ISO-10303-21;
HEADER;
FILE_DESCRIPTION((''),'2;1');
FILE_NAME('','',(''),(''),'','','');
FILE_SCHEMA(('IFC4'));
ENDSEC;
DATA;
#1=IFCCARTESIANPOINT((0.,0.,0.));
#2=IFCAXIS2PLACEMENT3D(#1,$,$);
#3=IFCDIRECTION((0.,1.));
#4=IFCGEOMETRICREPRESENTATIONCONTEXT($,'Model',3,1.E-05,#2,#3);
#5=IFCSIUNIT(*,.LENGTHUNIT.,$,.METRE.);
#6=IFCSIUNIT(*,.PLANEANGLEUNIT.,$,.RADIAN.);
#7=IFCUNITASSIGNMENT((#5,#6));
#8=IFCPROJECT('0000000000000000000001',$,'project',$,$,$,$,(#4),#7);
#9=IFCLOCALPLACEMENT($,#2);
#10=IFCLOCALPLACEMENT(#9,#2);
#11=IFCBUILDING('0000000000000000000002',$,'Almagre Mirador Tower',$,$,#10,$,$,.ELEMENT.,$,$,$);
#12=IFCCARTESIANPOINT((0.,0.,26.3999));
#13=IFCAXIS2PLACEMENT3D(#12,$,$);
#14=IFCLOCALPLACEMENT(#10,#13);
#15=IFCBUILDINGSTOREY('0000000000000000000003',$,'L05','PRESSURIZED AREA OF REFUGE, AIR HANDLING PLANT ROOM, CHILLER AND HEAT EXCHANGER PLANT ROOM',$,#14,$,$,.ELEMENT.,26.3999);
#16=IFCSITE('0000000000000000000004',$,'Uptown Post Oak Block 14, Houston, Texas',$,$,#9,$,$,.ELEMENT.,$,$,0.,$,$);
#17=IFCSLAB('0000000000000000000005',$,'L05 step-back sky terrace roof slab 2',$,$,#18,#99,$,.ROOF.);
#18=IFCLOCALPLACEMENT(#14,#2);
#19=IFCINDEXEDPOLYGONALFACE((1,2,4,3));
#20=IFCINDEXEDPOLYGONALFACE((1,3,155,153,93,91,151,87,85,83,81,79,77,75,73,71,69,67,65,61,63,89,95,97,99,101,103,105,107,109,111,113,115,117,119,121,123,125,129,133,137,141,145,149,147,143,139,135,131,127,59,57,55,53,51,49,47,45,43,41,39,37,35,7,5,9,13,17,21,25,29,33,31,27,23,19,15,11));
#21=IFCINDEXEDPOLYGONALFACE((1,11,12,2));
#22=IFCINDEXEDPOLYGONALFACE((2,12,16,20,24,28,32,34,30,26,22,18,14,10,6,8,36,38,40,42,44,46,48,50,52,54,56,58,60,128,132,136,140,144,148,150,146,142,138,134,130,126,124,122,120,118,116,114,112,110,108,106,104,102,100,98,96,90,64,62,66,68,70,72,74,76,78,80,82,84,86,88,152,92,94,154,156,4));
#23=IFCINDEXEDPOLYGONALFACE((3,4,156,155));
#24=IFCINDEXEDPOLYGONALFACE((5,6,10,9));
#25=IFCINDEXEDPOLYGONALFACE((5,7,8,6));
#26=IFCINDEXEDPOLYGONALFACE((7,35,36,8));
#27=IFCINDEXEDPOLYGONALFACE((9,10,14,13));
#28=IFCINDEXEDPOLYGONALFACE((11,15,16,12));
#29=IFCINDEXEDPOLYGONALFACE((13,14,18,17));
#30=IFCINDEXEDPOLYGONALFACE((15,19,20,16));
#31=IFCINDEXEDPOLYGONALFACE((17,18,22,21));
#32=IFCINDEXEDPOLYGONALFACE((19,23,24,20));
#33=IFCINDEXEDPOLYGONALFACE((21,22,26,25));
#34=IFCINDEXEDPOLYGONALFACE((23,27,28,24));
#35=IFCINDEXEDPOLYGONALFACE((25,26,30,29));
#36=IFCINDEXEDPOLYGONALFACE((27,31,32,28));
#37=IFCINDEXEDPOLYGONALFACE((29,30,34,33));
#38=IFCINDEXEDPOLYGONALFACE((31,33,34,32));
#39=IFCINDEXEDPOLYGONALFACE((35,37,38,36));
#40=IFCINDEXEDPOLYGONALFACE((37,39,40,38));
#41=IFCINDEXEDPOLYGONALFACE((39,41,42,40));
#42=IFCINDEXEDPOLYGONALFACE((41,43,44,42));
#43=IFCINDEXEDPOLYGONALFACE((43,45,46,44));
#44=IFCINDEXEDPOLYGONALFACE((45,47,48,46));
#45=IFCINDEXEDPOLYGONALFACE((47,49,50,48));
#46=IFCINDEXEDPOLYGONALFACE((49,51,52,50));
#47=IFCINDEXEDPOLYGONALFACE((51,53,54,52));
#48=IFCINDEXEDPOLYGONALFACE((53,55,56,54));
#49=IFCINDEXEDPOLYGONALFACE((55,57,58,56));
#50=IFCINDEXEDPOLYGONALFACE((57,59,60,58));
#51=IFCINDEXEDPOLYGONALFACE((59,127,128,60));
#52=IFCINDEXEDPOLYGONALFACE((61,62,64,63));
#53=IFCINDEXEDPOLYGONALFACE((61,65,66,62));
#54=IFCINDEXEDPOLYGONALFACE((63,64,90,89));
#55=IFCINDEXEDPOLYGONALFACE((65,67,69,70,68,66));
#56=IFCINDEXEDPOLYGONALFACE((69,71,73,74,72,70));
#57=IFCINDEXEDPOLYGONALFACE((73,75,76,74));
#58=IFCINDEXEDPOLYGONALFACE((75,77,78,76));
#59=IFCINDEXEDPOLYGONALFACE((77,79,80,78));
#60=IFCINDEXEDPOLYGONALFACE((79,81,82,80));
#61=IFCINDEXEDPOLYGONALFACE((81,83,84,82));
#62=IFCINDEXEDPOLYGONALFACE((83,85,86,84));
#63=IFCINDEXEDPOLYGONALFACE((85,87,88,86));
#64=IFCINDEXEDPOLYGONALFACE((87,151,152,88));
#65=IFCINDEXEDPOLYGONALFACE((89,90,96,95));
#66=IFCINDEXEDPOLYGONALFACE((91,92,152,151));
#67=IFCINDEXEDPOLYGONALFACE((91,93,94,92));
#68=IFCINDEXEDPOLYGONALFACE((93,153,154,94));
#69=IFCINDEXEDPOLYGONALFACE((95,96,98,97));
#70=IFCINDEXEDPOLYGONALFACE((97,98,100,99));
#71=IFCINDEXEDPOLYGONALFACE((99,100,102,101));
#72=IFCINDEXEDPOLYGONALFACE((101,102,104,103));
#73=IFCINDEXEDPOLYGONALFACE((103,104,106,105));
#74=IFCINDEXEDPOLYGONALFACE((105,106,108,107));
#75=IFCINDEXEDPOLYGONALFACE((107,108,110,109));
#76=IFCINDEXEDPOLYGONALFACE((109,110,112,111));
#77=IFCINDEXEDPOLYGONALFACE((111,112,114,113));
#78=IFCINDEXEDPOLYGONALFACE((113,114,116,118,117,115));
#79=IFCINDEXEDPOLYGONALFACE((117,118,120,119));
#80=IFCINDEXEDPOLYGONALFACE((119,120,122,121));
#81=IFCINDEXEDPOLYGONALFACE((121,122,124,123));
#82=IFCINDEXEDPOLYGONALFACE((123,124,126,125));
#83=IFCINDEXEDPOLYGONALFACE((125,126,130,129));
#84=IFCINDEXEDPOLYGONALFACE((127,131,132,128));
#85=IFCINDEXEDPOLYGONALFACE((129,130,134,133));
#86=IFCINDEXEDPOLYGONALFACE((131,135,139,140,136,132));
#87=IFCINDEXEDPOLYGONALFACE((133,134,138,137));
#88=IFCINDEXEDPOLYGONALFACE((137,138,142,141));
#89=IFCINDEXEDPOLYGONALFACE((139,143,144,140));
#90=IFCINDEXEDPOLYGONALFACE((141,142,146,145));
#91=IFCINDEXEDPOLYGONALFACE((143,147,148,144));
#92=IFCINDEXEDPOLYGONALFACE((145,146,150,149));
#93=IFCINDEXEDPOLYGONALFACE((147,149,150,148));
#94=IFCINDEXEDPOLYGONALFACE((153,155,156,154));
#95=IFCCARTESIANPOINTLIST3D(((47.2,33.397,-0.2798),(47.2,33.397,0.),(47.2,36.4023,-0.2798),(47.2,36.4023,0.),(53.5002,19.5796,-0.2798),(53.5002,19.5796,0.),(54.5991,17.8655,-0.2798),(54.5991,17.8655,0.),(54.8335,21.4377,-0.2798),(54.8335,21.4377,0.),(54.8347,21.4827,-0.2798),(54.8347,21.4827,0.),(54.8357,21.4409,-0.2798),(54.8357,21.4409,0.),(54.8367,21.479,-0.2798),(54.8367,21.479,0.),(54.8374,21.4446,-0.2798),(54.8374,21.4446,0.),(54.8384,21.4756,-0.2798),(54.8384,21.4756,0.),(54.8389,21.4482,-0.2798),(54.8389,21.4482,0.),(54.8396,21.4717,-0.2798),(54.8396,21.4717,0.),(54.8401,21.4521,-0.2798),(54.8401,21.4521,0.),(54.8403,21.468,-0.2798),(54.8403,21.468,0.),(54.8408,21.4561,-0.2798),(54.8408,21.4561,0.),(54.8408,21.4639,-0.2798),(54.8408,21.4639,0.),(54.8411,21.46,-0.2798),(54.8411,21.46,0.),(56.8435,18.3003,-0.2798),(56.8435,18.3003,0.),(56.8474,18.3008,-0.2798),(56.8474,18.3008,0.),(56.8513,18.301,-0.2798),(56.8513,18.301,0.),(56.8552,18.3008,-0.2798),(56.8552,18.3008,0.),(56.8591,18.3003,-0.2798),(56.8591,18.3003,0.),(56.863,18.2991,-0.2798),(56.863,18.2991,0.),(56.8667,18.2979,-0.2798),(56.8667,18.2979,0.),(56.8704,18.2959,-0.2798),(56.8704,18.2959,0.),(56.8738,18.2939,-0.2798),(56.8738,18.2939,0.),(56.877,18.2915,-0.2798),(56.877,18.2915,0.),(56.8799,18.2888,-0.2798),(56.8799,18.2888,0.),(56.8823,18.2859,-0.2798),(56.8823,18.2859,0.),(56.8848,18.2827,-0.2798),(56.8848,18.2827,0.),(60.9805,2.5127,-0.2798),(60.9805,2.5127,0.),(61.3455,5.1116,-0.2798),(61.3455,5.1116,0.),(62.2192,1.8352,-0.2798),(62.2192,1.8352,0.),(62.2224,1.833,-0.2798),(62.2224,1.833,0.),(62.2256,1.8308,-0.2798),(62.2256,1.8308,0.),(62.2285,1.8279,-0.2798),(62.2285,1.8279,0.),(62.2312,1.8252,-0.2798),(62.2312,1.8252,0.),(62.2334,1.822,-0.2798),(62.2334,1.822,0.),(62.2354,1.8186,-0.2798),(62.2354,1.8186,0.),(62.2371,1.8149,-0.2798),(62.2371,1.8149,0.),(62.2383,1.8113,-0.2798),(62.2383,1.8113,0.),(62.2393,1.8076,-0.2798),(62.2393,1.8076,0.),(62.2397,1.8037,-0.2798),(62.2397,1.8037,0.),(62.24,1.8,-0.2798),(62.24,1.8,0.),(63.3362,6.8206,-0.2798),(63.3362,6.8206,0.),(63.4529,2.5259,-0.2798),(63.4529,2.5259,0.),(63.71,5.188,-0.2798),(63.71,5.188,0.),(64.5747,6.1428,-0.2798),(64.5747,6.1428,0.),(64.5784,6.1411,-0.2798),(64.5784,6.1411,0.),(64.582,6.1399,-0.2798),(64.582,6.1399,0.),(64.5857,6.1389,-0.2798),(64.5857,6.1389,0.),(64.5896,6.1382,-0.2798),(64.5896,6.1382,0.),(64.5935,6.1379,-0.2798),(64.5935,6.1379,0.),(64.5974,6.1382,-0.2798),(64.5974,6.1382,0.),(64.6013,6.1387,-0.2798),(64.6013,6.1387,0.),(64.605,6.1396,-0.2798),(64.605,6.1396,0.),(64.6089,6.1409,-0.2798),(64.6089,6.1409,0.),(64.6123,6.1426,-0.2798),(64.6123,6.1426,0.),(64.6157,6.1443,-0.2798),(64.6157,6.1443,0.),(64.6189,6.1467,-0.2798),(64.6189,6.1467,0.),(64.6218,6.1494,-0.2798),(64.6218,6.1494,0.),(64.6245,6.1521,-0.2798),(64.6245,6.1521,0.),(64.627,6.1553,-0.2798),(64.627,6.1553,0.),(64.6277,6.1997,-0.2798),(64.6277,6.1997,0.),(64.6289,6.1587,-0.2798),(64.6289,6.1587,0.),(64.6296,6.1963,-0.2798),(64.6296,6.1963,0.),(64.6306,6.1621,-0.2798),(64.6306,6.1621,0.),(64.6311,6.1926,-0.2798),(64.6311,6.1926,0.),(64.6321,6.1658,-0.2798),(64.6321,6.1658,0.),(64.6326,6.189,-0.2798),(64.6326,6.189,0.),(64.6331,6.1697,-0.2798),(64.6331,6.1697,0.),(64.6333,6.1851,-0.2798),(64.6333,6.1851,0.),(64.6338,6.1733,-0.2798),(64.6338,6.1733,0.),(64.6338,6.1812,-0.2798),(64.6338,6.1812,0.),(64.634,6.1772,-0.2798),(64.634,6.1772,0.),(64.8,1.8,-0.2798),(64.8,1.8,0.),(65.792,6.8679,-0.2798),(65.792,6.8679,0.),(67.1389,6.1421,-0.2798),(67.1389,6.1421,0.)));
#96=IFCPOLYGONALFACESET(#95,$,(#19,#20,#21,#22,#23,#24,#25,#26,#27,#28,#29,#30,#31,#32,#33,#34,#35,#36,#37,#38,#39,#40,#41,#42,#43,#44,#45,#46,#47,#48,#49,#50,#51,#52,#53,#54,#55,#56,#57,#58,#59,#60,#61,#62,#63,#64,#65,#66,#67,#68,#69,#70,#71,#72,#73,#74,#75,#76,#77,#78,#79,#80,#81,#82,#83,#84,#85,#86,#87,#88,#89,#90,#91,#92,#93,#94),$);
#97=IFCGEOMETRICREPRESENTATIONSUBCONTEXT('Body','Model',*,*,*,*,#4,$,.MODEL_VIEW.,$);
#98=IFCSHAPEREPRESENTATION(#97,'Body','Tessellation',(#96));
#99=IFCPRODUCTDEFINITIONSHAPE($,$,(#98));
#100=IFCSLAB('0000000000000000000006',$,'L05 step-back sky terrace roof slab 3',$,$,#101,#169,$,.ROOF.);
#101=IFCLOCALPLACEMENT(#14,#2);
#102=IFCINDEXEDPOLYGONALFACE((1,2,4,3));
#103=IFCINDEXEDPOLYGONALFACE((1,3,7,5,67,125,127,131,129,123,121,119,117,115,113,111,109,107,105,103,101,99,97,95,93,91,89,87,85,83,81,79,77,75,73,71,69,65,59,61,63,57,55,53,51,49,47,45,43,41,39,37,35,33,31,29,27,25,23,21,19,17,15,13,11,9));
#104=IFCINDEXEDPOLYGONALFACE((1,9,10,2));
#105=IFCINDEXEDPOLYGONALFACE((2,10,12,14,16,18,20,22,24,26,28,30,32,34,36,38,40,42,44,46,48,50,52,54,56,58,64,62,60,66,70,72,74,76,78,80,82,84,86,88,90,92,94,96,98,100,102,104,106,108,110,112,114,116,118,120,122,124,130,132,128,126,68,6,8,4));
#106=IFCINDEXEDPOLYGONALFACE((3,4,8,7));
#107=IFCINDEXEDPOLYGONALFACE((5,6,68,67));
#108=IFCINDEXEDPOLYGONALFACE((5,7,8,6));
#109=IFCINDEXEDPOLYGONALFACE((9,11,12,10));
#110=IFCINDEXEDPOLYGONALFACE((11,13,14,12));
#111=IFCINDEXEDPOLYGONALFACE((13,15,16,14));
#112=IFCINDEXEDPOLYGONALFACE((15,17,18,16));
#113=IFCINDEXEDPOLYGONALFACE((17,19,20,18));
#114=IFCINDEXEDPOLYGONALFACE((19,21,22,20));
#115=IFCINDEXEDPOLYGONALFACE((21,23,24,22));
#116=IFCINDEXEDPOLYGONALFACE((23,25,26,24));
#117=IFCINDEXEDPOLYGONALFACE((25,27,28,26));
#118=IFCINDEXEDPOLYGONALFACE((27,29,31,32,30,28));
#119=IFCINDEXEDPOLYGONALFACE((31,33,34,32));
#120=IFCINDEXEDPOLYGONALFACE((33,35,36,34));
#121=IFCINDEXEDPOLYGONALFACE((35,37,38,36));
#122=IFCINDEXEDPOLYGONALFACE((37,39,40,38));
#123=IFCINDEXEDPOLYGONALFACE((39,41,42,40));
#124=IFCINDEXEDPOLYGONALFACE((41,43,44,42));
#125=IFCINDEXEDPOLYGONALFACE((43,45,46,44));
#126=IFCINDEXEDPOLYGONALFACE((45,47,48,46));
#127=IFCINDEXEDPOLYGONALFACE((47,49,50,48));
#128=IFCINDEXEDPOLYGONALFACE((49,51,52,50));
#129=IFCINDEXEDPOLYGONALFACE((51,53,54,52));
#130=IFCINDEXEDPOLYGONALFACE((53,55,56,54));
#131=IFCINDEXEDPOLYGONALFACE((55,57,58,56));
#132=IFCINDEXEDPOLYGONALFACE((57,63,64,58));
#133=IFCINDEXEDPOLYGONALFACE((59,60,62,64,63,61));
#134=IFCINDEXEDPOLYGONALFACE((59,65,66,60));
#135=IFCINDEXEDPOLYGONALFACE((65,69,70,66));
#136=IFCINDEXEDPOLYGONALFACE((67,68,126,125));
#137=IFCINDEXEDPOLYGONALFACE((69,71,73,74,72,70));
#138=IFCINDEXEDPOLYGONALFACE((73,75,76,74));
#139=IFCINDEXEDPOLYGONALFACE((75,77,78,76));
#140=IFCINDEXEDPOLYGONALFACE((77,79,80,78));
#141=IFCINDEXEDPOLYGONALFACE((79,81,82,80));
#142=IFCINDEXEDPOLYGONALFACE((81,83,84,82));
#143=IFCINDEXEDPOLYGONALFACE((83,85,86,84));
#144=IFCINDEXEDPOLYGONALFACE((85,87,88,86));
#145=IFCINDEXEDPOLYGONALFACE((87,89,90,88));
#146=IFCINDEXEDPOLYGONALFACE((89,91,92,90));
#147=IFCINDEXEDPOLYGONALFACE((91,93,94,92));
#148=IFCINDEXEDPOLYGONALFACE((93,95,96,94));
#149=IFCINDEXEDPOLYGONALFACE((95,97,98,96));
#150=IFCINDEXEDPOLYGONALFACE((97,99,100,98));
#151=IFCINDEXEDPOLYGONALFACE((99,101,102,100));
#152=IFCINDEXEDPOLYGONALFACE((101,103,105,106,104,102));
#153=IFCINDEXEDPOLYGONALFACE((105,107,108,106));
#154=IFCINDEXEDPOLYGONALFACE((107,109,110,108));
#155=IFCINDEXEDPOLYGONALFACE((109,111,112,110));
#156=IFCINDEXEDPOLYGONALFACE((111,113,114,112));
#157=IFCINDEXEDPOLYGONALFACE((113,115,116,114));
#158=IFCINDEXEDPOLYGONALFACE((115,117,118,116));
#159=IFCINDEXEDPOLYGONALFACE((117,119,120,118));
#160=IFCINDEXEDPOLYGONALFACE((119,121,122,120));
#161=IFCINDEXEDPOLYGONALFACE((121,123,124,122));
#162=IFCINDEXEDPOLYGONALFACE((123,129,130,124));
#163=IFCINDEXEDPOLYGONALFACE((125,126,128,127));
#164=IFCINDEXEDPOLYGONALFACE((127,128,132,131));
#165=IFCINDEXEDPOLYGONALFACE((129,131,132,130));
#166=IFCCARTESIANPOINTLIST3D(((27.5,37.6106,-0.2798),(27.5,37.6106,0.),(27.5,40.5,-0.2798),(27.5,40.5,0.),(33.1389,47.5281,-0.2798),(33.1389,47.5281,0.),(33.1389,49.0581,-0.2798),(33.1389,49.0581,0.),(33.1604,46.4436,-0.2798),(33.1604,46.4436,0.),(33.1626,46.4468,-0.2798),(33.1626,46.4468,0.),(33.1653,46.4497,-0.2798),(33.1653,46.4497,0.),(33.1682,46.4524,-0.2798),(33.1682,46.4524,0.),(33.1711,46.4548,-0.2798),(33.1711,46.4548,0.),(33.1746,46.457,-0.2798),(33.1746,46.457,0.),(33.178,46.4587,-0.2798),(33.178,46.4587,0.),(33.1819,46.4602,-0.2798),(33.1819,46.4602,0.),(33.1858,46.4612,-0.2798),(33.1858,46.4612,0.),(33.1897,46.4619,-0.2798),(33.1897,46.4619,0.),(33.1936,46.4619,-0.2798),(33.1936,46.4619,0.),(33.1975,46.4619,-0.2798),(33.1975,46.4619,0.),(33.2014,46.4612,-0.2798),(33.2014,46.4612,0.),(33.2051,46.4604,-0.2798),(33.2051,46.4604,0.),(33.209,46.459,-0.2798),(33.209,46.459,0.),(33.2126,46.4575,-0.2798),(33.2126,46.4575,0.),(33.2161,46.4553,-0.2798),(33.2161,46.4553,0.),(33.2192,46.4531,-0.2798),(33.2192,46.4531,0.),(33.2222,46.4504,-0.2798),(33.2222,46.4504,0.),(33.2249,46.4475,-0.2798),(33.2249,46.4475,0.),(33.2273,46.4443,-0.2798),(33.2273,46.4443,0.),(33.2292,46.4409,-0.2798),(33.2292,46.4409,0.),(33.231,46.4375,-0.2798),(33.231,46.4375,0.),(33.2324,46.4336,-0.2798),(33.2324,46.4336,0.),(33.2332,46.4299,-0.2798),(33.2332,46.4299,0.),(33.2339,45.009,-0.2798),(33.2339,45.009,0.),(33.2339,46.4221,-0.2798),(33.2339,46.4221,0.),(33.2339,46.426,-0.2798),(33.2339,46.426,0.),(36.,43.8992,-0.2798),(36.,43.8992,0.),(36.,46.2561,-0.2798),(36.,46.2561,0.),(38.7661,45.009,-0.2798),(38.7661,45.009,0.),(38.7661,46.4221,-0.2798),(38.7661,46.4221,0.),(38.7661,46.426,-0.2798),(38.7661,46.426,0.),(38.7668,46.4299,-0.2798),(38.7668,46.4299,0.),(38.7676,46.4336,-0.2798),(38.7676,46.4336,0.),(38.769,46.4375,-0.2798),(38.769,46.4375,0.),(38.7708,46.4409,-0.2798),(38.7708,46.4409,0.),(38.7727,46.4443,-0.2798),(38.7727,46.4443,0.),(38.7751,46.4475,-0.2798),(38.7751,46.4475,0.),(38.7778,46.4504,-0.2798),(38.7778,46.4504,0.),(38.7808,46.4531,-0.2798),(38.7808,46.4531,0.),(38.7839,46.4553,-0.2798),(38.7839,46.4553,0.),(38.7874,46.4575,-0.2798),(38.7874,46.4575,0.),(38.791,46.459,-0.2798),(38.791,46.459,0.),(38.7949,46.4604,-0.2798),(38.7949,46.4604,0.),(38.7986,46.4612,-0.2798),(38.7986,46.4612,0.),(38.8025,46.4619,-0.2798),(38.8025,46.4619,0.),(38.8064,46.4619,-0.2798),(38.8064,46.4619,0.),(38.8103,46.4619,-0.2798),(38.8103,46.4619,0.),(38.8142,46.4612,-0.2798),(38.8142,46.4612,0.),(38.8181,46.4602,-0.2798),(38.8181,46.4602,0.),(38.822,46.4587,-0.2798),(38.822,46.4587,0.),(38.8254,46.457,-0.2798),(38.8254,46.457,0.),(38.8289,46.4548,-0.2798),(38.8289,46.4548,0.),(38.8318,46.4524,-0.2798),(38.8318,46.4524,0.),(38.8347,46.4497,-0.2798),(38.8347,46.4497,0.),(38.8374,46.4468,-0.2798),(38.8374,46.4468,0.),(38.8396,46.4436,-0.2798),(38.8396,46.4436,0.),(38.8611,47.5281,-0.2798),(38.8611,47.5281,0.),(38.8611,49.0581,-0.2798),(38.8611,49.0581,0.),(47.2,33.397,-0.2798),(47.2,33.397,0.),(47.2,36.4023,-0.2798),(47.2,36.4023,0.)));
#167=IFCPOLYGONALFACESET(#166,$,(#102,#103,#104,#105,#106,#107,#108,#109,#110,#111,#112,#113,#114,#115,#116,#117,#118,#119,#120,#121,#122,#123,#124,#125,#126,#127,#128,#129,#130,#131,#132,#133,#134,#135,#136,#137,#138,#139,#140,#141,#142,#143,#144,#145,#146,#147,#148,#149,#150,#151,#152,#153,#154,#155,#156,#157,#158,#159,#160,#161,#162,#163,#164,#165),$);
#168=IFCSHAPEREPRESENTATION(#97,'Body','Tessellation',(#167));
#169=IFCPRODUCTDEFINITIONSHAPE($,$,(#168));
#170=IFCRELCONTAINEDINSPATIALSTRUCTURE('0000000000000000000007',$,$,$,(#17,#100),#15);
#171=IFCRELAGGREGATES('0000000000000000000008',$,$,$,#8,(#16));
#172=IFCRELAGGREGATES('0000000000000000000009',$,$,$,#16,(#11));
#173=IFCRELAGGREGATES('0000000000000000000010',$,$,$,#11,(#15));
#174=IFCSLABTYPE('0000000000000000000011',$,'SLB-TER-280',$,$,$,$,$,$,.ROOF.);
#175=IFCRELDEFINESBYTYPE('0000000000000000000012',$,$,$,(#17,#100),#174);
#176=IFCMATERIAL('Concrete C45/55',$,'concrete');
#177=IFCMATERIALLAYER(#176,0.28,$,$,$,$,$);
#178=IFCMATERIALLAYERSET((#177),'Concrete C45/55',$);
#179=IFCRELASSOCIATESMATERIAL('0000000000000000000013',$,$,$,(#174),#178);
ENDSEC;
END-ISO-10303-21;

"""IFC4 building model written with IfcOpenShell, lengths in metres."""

from ifc_helpers import new_model, si_unit, direction, frame, origin, place, context, subcontext, project, spatial, polyline, outline, extrude, material, layer, layer_set, type_object, element, save


model = new_model("IFC4")

# Units and contexts
model_context = context("Model", 3, precision=1e-05, world=origin(), true_north=direction((0.0, 1.0)))
body_context = subcontext(model_context, "Body", "Model", "MODEL_VIEW")
ifc_project = project(units=[si_unit("LENGTHUNIT", "METRE"), si_unit("PLANEANGLEUNIT", "RADIAN")], contexts=[model_context])

# Site, building, storey
site_placement = place(None, origin())
site = spatial("IfcSite", under=ifc_project, at=site_placement, Name="Uptown Post Oak Block 14, Houston, Texas", CompositionType="ELEMENT", RefElevation=0.0)
building_placement = place(site_placement, origin())
building = spatial("IfcBuilding", under=site, at=building_placement, Name="Almagre Mirador Tower", CompositionType="ELEMENT")
storey_placement = place(building_placement, frame((0.0, 0.0, 26.3999)))
storey = spatial("IfcBuildingStorey", under=building, at=storey_placement, Name="L05", Description="PRESSURIZED AREA OF REFUGE, AIR HANDLING PLANT ROOM, CHILLER AND HEAT EXCHANGER PLANT ROOM", CompositionType="ELEMENT", Elevation=26.3999)

# Slabs
ifc_material_1 = material(Name="Concrete C45/55", Category="concrete")
ifc_layer_1 = layer(ifc_material_1, 0.28)
ifc_layer_set_1 = layer_set([ifc_layer_1], Name="Concrete C45/55")
slab_type_1 = type_object("IfcSlabType", Name="SLB-TER-280", PredefinedType="ROOF", material=ifc_layer_set_1)
slab_1_placement = place(storey_placement, frame((0.0, 0.0, -0.2798)))
element("IfcSlab", 1, at=slab_1_placement, inside=storey, type_object=slab_type_1, Name="L05 step-back sky terrace roof slab 2", PredefinedType="ROOF", context=body_context, shape_type="SweptSolid", body=[
    extrude(outline(polyline([(47.2, 36.4023), (47.2, 33.397), (54.8347, 21.4827), (54.8367, 21.479), (54.8384, 21.4756), (54.8396, 21.4717), (54.8403, 21.468), (54.8408, 21.4639), (54.8411, 21.46), (54.8408, 21.4561), (54.8401, 21.4521), (54.8389, 21.4482), (54.8374, 21.4446), (54.8357, 21.4409), (54.8335, 21.4377), (53.5002, 19.5796), (54.5991, 17.8655), (56.8435, 18.3003), (56.8474, 18.3008), (56.8513, 18.301), (56.8552, 18.3008), (56.8591, 18.3003), (56.863, 18.2991), (56.8667, 18.2979), (56.8704, 18.2959), (56.8738, 18.2939), (56.877, 18.2915), (56.8799, 18.2888), (56.8823, 18.2859), (56.8848, 18.2827), (64.6277, 6.1997), (64.6296, 6.1963), (64.6311, 6.1926), (64.6326, 6.189), (64.6333, 6.1851), (64.6338, 6.1812), (64.634, 6.1772), (64.6338, 6.1733), (64.6331, 6.1697), (64.6321, 6.1658), (64.6306, 6.1621), (64.6289, 6.1587), (64.627, 6.1553), (64.6245, 6.1521), (64.6218, 6.1494), (64.6189, 6.1467), (64.6157, 6.1443), (64.6123, 6.1426), (64.6089, 6.1409), (64.605, 6.1396), (64.6013, 6.1387), (64.5974, 6.1382), (64.5935, 6.1379), (64.5896, 6.1382), (64.5857, 6.1389), (64.582, 6.1399), (64.5784, 6.1411), (64.5747, 6.1428), (63.3362, 6.8206), (61.3455, 5.1116), (60.9805, 2.5127), (62.2192, 1.8352), (62.2224, 1.833), (62.2256, 1.8308), (62.2285, 1.8279), (62.2312, 1.8252), (62.2334, 1.822), (62.2354, 1.8186), (62.2371, 1.8149), (62.2383, 1.8113), (62.2393, 1.8076), (62.2397, 1.8037), (62.24, 1.8), (64.8, 1.8), (63.4529, 2.5259), (63.71, 5.188), (65.792, 6.8679), (67.1389, 6.1421), (47.2, 36.4023)])), origin(), (0.0, 0.0, 1.0), 0.2798),
])
slab_2_placement = place(storey_placement, frame((0.0, 0.0, -0.2798)))
element("IfcSlab", 2, at=slab_2_placement, inside=storey, type_object=slab_type_1, Name="L05 step-back sky terrace roof slab 3", PredefinedType="ROOF", context=body_context, shape_type="SweptSolid", body=[
    extrude(outline(polyline([(27.5, 40.5), (27.5, 37.6106), (33.1604, 46.4436), (33.1626, 46.4468), (33.1653, 46.4497), (33.1682, 46.4524), (33.1711, 46.4548), (33.1746, 46.457), (33.178, 46.4587), (33.1819, 46.4602), (33.1858, 46.4612), (33.1897, 46.4619), (33.1936, 46.4619), (33.1975, 46.4619), (33.2014, 46.4612), (33.2051, 46.4604), (33.209, 46.459), (33.2126, 46.4575), (33.2161, 46.4553), (33.2192, 46.4531), (33.2222, 46.4504), (33.2249, 46.4475), (33.2273, 46.4443), (33.2292, 46.4409), (33.231, 46.4375), (33.2324, 46.4336), (33.2332, 46.4299), (33.2339, 46.426), (33.2339, 46.4221), (33.2339, 45.009), (36.0, 43.8992), (38.7661, 45.009), (38.7661, 46.4221), (38.7661, 46.426), (38.7668, 46.4299), (38.7676, 46.4336), (38.769, 46.4375), (38.7708, 46.4409), (38.7727, 46.4443), (38.7751, 46.4475), (38.7778, 46.4504), (38.7808, 46.4531), (38.7839, 46.4553), (38.7874, 46.4575), (38.791, 46.459), (38.7949, 46.4604), (38.7986, 46.4612), (38.8025, 46.4619), (38.8064, 46.4619), (38.8103, 46.4619), (38.8142, 46.4612), (38.8181, 46.4602), (38.822, 46.4587), (38.8254, 46.457), (38.8289, 46.4548), (38.8318, 46.4524), (38.8347, 46.4497), (38.8374, 46.4468), (38.8396, 46.4436), (47.2, 33.397), (47.2, 36.4023), (38.8611, 49.0581), (38.8611, 47.5281), (36.0, 46.2561), (33.1389, 47.5281), (33.1389, 49.0581), (27.5, 40.5)])), origin(), (0.0, 0.0, 1.0), 0.2798),
])

save(model, "model.ifc")
